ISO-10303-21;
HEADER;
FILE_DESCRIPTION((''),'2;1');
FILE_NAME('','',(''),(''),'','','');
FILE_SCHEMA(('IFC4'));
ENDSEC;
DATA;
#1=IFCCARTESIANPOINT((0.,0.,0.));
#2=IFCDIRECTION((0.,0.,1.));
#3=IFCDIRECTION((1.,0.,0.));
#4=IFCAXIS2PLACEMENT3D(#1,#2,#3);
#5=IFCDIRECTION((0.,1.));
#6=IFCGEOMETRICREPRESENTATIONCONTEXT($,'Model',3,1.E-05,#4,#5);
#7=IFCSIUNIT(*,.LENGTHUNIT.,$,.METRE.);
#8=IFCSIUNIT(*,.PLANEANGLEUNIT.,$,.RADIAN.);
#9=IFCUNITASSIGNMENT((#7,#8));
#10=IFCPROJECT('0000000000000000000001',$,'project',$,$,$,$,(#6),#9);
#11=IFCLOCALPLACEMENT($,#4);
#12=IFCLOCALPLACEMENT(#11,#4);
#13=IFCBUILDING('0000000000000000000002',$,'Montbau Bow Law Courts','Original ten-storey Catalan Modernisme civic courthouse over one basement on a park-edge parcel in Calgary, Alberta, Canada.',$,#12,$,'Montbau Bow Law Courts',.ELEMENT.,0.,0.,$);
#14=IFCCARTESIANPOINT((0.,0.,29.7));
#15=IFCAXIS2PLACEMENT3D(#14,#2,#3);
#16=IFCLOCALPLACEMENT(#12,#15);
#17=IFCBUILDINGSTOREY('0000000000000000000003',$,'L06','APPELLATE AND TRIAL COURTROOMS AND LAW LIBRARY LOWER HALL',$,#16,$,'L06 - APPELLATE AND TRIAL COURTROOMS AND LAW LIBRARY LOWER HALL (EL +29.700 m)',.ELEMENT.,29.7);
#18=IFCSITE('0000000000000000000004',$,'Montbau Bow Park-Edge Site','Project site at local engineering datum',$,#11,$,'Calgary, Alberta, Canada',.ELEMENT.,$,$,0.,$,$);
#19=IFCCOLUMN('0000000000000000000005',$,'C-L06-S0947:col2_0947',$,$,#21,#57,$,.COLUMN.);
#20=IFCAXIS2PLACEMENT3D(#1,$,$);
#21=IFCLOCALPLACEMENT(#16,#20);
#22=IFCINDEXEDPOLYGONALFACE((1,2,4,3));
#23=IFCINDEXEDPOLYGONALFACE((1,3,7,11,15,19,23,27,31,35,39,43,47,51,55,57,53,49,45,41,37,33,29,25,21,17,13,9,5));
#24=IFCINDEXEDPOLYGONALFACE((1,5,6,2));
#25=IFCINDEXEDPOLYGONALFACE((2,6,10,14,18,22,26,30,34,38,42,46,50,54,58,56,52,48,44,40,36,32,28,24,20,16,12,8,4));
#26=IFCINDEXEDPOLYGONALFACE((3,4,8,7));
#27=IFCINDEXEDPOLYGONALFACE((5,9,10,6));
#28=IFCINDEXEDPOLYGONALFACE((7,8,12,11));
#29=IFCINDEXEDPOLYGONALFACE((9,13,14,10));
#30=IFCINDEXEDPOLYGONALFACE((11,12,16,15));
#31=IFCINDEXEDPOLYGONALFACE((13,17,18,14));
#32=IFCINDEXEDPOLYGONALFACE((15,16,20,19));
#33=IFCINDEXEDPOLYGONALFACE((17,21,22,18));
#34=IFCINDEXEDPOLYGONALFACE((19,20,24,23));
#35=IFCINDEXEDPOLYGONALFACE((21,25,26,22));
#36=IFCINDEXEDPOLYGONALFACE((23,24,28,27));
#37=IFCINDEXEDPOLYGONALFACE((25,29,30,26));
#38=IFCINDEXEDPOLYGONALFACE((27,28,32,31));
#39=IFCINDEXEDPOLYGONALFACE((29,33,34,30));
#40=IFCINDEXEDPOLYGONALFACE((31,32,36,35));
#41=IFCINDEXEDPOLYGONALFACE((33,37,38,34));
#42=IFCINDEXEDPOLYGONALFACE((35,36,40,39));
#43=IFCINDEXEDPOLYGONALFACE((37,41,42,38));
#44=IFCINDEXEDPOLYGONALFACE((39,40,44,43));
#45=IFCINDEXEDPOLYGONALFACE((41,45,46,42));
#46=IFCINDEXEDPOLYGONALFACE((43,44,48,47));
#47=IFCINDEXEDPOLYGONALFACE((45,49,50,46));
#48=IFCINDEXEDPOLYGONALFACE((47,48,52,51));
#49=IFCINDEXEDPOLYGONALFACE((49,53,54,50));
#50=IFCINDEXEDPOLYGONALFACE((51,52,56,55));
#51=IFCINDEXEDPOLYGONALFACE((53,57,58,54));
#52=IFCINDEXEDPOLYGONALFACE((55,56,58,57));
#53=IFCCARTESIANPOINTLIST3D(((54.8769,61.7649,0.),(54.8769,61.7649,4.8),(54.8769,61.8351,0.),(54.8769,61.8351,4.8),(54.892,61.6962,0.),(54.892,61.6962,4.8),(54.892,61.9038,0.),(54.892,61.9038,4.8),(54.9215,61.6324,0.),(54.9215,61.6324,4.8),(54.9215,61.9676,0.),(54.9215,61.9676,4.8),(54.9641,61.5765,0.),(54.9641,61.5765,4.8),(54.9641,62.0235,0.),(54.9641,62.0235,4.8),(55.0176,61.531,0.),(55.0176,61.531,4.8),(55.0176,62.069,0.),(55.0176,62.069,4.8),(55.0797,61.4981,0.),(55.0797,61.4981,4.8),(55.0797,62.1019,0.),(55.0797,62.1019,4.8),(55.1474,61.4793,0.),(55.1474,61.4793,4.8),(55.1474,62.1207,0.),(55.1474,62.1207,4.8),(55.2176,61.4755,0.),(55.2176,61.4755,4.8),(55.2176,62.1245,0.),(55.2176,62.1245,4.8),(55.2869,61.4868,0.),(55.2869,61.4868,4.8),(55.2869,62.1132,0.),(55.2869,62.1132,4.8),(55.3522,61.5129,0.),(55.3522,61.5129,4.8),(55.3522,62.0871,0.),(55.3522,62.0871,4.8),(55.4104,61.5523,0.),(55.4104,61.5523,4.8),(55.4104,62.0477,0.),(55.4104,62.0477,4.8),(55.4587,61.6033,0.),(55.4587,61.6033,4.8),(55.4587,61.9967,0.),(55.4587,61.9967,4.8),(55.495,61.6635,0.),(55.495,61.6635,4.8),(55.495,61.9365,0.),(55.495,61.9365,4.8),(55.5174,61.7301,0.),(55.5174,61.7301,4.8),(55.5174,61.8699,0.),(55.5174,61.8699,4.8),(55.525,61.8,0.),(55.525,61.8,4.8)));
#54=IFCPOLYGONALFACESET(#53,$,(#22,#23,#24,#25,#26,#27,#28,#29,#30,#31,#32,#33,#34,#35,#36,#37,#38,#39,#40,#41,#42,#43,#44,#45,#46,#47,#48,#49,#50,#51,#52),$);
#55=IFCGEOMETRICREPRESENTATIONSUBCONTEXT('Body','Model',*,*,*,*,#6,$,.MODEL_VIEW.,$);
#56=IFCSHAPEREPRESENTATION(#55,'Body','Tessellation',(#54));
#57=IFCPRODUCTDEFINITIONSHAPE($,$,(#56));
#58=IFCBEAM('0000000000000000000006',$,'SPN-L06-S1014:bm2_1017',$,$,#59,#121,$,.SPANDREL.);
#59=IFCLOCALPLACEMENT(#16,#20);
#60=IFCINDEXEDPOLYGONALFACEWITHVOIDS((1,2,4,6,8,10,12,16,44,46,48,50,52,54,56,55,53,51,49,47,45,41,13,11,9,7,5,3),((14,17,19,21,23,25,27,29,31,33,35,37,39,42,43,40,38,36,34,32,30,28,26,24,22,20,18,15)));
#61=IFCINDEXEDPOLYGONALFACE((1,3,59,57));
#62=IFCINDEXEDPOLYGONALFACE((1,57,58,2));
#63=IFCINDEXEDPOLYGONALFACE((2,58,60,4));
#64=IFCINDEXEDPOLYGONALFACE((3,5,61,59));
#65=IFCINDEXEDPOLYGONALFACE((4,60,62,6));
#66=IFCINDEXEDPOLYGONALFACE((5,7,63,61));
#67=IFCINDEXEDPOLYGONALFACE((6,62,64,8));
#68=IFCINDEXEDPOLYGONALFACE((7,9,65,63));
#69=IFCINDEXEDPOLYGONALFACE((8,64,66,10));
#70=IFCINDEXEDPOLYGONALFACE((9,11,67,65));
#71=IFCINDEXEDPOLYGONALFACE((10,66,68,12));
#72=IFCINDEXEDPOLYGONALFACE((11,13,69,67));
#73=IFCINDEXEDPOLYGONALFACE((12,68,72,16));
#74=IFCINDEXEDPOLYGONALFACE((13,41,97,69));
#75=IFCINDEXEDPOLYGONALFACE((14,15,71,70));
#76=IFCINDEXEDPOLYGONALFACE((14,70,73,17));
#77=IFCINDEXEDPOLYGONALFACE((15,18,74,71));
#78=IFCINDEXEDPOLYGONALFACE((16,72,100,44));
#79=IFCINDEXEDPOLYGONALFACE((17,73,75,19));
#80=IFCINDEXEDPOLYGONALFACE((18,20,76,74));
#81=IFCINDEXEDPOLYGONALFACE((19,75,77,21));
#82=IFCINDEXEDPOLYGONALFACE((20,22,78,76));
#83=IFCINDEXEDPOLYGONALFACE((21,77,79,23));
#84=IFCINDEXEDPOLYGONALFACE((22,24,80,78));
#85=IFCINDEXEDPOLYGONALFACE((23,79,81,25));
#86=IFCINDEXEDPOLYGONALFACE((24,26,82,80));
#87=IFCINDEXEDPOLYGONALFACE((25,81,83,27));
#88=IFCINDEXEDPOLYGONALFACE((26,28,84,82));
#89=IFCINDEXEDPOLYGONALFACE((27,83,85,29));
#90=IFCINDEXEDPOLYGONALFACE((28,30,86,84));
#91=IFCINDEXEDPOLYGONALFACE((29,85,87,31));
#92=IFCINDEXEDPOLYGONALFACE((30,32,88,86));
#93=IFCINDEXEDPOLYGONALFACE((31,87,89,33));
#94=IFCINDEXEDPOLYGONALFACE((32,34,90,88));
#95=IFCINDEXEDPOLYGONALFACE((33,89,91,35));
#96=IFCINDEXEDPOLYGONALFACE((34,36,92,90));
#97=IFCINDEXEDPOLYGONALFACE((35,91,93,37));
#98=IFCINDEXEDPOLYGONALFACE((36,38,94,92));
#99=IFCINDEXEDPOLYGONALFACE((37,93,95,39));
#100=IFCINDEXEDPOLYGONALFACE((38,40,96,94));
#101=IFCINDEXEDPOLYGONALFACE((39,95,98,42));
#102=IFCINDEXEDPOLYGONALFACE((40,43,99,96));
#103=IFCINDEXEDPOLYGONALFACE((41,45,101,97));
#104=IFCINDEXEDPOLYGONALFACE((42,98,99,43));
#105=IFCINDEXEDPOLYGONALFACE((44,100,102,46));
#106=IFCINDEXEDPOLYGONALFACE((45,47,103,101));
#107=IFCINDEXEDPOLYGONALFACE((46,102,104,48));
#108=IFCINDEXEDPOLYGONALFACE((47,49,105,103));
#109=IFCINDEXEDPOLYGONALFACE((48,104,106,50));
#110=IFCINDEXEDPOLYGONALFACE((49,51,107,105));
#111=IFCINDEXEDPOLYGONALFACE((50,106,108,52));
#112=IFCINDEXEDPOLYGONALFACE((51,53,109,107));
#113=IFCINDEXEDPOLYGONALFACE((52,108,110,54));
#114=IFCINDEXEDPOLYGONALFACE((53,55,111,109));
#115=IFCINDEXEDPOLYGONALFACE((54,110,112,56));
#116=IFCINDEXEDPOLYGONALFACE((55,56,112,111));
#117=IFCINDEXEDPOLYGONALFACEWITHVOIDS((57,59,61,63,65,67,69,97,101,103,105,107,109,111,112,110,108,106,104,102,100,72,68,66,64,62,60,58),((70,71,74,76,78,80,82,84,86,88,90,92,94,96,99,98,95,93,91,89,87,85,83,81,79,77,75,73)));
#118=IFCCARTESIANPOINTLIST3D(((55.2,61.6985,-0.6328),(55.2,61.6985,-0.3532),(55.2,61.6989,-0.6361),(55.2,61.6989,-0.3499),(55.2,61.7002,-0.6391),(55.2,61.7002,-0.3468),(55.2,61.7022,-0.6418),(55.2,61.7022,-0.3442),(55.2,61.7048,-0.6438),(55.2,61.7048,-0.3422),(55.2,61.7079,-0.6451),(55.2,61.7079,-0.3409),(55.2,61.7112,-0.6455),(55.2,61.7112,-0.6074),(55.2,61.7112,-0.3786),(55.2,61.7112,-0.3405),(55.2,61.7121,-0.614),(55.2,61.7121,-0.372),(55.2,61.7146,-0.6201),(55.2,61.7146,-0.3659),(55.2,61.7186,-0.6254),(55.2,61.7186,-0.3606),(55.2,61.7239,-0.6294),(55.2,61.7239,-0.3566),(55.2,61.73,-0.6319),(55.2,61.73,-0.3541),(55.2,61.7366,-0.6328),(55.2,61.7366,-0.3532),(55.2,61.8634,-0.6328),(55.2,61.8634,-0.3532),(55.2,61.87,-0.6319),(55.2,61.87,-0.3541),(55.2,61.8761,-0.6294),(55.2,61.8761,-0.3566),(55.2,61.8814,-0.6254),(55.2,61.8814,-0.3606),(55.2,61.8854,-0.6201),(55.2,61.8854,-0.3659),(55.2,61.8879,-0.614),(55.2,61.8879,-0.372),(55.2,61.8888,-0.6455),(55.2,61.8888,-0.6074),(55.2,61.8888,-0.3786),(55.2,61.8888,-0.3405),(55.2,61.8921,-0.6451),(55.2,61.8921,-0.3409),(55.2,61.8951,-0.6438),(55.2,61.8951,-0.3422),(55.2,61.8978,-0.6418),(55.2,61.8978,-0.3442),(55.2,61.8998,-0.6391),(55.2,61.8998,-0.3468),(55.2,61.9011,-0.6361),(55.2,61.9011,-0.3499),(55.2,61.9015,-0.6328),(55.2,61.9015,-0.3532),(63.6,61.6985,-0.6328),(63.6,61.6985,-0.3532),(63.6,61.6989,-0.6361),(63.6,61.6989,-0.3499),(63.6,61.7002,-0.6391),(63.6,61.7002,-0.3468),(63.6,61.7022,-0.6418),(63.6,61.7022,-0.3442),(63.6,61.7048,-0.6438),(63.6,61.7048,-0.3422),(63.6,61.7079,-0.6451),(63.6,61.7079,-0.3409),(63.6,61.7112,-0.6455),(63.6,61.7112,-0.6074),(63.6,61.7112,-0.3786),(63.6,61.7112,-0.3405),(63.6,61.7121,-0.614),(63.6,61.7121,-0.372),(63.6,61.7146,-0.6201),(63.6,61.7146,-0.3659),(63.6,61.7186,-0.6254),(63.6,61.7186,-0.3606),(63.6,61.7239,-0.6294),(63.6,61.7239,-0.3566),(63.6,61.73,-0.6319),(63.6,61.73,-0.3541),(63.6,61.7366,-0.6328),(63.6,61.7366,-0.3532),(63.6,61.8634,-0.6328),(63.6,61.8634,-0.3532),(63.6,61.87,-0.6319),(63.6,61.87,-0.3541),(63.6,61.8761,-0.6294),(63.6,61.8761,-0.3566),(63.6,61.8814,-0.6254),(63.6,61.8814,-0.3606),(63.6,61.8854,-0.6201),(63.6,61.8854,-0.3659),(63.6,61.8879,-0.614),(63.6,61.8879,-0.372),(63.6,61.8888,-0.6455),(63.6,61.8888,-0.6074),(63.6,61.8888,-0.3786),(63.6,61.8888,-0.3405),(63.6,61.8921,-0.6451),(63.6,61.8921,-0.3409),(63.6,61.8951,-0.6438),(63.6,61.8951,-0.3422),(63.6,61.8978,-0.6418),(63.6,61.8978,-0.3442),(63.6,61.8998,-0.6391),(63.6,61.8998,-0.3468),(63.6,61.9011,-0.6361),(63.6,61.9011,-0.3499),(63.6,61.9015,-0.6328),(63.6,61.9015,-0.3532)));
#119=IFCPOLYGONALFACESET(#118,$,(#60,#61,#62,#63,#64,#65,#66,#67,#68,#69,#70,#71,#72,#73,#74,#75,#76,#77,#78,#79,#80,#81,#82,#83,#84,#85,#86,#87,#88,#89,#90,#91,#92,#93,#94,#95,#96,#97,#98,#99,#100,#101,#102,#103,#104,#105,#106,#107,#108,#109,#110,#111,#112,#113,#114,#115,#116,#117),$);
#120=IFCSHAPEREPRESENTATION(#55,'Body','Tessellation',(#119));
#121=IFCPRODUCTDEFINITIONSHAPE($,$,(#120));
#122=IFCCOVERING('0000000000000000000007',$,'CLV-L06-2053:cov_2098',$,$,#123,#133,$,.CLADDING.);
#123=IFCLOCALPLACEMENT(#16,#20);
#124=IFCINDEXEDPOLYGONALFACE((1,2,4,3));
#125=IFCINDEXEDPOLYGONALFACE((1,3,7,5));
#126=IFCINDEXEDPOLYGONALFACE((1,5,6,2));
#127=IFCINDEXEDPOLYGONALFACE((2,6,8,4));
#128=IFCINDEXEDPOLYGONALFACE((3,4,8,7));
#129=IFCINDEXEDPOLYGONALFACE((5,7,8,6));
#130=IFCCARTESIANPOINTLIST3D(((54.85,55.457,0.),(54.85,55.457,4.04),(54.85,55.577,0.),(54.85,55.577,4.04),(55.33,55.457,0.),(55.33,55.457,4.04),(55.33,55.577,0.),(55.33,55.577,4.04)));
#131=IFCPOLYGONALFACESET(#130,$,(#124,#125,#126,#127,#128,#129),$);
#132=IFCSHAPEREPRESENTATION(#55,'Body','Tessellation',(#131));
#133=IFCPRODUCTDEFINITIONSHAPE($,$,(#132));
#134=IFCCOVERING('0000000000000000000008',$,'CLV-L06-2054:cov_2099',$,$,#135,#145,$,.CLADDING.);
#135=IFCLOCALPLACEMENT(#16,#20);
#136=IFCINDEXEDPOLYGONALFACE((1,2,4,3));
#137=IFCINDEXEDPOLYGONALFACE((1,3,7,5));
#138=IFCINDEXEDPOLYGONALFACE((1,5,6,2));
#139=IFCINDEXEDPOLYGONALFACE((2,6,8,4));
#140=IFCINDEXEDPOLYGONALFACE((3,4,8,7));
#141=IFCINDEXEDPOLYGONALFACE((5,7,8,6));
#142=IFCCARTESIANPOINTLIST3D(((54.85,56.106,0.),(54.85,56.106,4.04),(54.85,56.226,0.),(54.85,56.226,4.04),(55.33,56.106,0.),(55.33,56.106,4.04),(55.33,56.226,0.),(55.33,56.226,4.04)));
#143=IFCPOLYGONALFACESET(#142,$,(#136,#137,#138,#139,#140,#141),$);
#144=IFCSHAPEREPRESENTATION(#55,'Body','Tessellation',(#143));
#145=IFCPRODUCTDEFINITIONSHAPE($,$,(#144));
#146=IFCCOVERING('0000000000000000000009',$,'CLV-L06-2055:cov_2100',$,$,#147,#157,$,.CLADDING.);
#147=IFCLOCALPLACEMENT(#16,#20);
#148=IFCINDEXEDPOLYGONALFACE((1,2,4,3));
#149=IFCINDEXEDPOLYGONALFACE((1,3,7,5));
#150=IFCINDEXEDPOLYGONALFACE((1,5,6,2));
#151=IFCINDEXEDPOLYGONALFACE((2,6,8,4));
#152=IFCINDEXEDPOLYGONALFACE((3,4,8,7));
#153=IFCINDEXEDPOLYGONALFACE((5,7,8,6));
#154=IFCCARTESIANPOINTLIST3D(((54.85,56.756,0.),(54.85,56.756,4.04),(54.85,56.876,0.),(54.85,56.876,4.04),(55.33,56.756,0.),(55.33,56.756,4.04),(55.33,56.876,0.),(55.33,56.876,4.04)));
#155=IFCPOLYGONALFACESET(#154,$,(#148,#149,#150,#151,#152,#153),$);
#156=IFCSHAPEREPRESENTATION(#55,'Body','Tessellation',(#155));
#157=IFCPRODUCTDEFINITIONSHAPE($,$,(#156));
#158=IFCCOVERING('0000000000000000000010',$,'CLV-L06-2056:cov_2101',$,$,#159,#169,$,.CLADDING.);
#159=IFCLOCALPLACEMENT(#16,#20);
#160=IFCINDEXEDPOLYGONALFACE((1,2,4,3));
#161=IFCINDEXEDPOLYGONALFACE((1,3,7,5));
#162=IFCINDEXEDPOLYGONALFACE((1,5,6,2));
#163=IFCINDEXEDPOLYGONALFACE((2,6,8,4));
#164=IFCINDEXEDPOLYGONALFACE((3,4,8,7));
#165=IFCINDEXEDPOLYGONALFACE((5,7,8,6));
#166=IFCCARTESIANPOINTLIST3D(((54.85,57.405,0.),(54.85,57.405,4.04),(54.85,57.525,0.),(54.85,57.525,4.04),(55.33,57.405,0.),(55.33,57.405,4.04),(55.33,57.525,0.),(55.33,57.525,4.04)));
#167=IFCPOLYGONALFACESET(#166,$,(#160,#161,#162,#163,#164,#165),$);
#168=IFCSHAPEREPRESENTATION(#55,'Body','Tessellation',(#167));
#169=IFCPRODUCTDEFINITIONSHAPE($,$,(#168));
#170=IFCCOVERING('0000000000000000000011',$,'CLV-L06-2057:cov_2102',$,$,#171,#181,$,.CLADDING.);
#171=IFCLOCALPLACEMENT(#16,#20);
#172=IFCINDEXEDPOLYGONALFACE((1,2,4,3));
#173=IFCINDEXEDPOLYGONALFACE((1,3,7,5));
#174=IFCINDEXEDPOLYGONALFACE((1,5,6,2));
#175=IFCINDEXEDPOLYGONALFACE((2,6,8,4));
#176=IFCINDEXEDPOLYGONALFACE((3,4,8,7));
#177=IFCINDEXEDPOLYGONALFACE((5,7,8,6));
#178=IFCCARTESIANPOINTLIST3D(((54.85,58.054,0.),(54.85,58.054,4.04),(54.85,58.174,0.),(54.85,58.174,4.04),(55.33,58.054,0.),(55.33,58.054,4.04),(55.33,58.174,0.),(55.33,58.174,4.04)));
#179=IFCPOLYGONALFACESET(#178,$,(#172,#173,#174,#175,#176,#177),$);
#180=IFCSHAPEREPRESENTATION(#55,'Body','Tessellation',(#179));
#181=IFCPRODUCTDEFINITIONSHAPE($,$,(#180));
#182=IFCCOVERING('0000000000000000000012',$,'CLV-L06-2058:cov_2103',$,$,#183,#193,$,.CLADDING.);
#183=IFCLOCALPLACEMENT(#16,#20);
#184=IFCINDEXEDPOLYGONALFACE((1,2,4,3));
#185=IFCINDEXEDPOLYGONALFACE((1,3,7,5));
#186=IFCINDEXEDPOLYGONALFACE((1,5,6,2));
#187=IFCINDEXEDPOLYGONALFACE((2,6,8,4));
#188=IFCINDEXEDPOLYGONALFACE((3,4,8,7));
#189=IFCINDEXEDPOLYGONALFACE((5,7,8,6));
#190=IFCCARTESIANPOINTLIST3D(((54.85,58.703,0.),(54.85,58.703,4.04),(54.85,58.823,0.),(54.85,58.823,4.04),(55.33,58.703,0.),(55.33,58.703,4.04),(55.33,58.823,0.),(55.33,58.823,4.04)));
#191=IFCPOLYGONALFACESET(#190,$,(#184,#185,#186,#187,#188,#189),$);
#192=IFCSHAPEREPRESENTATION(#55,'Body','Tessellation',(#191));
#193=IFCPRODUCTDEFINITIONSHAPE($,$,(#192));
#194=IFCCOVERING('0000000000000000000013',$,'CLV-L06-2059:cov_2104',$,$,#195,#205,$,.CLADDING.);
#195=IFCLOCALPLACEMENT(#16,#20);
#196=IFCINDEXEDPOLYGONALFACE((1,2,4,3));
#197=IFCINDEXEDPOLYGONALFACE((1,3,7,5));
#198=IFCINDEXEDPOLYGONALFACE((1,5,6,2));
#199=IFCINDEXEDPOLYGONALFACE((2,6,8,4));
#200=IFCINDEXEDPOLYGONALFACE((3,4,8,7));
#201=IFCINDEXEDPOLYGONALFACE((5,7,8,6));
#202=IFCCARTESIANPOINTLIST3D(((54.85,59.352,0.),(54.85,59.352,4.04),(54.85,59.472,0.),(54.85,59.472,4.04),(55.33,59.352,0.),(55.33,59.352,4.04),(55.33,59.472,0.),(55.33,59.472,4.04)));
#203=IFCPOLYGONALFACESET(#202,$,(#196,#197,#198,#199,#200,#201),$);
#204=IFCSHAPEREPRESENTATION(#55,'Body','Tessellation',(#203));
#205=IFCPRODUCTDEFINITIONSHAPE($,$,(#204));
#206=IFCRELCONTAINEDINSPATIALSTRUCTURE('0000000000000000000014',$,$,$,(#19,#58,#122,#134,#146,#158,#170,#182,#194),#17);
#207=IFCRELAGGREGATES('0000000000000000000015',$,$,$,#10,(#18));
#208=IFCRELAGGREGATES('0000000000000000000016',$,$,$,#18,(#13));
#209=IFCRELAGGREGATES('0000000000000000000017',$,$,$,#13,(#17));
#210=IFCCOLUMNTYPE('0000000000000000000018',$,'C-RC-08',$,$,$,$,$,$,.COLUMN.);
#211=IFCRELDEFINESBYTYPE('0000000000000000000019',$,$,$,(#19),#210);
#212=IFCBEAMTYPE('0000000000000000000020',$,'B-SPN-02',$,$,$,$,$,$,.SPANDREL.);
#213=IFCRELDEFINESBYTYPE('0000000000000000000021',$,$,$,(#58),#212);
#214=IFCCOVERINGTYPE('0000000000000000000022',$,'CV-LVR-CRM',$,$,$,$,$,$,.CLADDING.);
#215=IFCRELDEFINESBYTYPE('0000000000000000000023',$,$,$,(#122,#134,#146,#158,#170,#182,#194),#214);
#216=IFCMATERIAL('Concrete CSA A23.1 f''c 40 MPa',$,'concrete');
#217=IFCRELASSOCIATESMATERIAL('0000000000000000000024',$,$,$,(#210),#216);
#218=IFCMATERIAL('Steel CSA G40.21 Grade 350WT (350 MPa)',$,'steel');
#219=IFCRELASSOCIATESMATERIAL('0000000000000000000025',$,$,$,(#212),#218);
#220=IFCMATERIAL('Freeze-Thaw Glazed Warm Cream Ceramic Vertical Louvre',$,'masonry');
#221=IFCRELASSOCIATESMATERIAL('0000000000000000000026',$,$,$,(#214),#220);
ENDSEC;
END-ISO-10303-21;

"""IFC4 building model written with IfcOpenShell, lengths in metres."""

from ifc_helpers import new_model, si_unit, direction, frame, frame_2d, origin_with_axes, origin_2d_with_axis, place, context, subcontext, project, spatial, rectangle, hollow_rectangle, circle, extrude, material, material_profile, profile_set, type_object, element, save


model = new_model("IFC4")

# Units and contexts
model_context = context("Model", 3, precision=1e-05, world=origin_with_axes(), true_north=direction((0.0, 1.0)))
body_context = subcontext(model_context, "Body", "Model", "MODEL_VIEW")
ifc_project = project(units=[si_unit("LENGTHUNIT", "METRE"), si_unit("PLANEANGLEUNIT", "RADIAN")], contexts=[model_context])

# Site, building, storey
site_placement = place(None, origin_with_axes())
site = spatial("IfcSite", under=ifc_project, at=site_placement, Name="Montbau Bow Park-Edge Site", Description="Project site at local engineering datum", LongName="Calgary, Alberta, Canada", CompositionType="ELEMENT", RefElevation=0.0)
building_placement = place(site_placement, origin_with_axes())
building = spatial("IfcBuilding", under=site, at=building_placement, Name="Montbau Bow Law Courts", Description="Original ten-storey Catalan Modernisme civic courthouse over one basement on a park-edge parcel in Calgary, Alberta, Canada.", LongName="Montbau Bow Law Courts", CompositionType="ELEMENT", ElevationOfRefHeight=0.0, ElevationOfTerrain=0.0)
storey_placement = place(building_placement, frame((0.0, 0.0, 29.7), z_axis=(0.0, 0.0, 1.0), x_axis=(1.0, 0.0, 0.0)))
storey = spatial("IfcBuildingStorey", under=building, at=storey_placement, Name="L06", Description="APPELLATE AND TRIAL COURTROOMS AND LAW LIBRARY LOWER HALL", LongName="L06 - APPELLATE AND TRIAL COURTROOMS AND LAW LIBRARY LOWER HALL (EL +29.700 m)", CompositionType="ELEMENT", Elevation=29.7)

# Column
ifc_material_1 = material(Name="Concrete CSA A23.1 f'c 40 MPa", Category="concrete")
ifc_material_profile_1 = material_profile(ifc_material_1, circle(Radius=0.325, at=origin_2d_with_axis()), Name="RC650D", Category="Main", Priority=0)
ifc_profile_set_1 = profile_set([ifc_material_profile_1], Name="Concrete CSA A23.1 f'c 40 MPa")
column_type = type_object("IfcColumnType", Name="C-RC-08", PredefinedType="COLUMN", material=ifc_profile_set_1)
column_placement = place(None, frame((55.2, 61.8, 29.7), z_axis=(0.0, 0.0, 1.0), x_axis=(1.0, 0.0, 0.0)))
element("IfcColumn", 1, at=column_placement, inside=storey, type_object=column_type, Name="C-L06-S0947:col2_0947", PredefinedType="COLUMN", context=body_context, shape_type="SweptSolid", body=[
    extrude(circle(Radius=0.325, at=origin_2d_with_axis()), origin_with_axes(), (0.0, 0.0, 1.0), 4.8),
])

# Beam
ifc_material_2 = material(Name="Steel CSA G40.21 Grade 350WT (350 MPa)", Category="steel")
ifc_material_profile_2 = material_profile(ifc_material_2, hollow_rectangle(XDim=0.203, YDim=0.305, WallThickness=0.0127, InnerFilletRadius=0.0254, OuterFilletRadius=0.0127, at=origin_2d_with_axis()), Name="HSS305X203X13", Category="Main", Priority=0)
ifc_profile_set_2 = profile_set([ifc_material_profile_2], Name="Steel CSA G40.21 Grade 350WT (350 MPa)")
beam_type = type_object("IfcBeamType", Name="B-SPN-02", PredefinedType="SPANDREL", material=ifc_profile_set_2)
beam_placement = place(None, frame((55.2, 61.8, 29.207), z_axis=(1.0, 0.0, 0.0), x_axis=(0.0, 1.0, 0.0)))
element("IfcBeam", 2, at=beam_placement, inside=storey, type_object=beam_type, Name="SPN-L06-S1014:bm2_1017", PredefinedType="SPANDREL", context=body_context, shape_type="SweptSolid", body=[
    extrude(hollow_rectangle(XDim=0.203, YDim=0.305, WallThickness=0.0127, InnerFilletRadius=0.0254, OuterFilletRadius=0.0127, at=origin_2d_with_axis()), origin_with_axes(), (0.0, 0.0, 1.0), 8.4),
])

# Coverings
ifc_material_3 = material(Name="Freeze-Thaw Glazed Warm Cream Ceramic Vertical Louvre", Category="masonry")
covering_type = type_object("IfcCoveringType", Name="CV-LVR-CRM", PredefinedType="CLADDING", material=ifc_material_3)
for number, where, z_axis, x_axis, name in (
    (3, (55.33, 55.517, 29.7), (0.0, 1.0, 0.0), (-1.0, 0.0, 0.0), "CLV-L06-2053:cov_2098"),
    (4, (55.33, 56.166, 29.7), (0.0, 1.0, 0.0), (-1.0, 0.0, 0.0), "CLV-L06-2054:cov_2099"),
    (5, (55.33, 56.816, 29.7), (0.0, 1.0, 0.0), (-1.0, 0.0, 0.0), "CLV-L06-2055:cov_2100"),
    (6, (55.33, 57.465, 29.7), (0.0, 1.0, 0.0), (-1.0, 0.0, 0.0), "CLV-L06-2056:cov_2101"),
    (7, (55.33, 58.114, 29.7), (0.0, 1.0, 0.0), (-1.0, 0.0, 0.0), "CLV-L06-2057:cov_2102"),
    (8, (55.33, 58.763, 29.7), (0.0, 1.0, 0.0), (-1.0, 0.0, 0.0), "CLV-L06-2058:cov_2103"),
    (9, (55.33, 59.412, 29.7), (0.0, 1.0, 0.0), (-1.0, 0.0, 0.0), "CLV-L06-2059:cov_2104"),
):
    element("IfcCovering", number, at=place(None, frame(where, z_axis=z_axis, x_axis=x_axis)), inside=storey, type_object=covering_type, Name=name, PredefinedType="CLADDING", context=body_context, shape_type="SweptSolid", body=[
        extrude(rectangle(XDim=0.48, YDim=4.04, at=frame_2d((0.24, 2.02), x_axis=(1.0, 0.0))), frame((0.0, 0.0, -0.06), z_axis=(0.0, 0.0, 1.0), x_axis=(1.0, 0.0, 0.0)), (0.0, 0.0, 1.0), 0.12),
    ])

save(model, "model.ifc")
